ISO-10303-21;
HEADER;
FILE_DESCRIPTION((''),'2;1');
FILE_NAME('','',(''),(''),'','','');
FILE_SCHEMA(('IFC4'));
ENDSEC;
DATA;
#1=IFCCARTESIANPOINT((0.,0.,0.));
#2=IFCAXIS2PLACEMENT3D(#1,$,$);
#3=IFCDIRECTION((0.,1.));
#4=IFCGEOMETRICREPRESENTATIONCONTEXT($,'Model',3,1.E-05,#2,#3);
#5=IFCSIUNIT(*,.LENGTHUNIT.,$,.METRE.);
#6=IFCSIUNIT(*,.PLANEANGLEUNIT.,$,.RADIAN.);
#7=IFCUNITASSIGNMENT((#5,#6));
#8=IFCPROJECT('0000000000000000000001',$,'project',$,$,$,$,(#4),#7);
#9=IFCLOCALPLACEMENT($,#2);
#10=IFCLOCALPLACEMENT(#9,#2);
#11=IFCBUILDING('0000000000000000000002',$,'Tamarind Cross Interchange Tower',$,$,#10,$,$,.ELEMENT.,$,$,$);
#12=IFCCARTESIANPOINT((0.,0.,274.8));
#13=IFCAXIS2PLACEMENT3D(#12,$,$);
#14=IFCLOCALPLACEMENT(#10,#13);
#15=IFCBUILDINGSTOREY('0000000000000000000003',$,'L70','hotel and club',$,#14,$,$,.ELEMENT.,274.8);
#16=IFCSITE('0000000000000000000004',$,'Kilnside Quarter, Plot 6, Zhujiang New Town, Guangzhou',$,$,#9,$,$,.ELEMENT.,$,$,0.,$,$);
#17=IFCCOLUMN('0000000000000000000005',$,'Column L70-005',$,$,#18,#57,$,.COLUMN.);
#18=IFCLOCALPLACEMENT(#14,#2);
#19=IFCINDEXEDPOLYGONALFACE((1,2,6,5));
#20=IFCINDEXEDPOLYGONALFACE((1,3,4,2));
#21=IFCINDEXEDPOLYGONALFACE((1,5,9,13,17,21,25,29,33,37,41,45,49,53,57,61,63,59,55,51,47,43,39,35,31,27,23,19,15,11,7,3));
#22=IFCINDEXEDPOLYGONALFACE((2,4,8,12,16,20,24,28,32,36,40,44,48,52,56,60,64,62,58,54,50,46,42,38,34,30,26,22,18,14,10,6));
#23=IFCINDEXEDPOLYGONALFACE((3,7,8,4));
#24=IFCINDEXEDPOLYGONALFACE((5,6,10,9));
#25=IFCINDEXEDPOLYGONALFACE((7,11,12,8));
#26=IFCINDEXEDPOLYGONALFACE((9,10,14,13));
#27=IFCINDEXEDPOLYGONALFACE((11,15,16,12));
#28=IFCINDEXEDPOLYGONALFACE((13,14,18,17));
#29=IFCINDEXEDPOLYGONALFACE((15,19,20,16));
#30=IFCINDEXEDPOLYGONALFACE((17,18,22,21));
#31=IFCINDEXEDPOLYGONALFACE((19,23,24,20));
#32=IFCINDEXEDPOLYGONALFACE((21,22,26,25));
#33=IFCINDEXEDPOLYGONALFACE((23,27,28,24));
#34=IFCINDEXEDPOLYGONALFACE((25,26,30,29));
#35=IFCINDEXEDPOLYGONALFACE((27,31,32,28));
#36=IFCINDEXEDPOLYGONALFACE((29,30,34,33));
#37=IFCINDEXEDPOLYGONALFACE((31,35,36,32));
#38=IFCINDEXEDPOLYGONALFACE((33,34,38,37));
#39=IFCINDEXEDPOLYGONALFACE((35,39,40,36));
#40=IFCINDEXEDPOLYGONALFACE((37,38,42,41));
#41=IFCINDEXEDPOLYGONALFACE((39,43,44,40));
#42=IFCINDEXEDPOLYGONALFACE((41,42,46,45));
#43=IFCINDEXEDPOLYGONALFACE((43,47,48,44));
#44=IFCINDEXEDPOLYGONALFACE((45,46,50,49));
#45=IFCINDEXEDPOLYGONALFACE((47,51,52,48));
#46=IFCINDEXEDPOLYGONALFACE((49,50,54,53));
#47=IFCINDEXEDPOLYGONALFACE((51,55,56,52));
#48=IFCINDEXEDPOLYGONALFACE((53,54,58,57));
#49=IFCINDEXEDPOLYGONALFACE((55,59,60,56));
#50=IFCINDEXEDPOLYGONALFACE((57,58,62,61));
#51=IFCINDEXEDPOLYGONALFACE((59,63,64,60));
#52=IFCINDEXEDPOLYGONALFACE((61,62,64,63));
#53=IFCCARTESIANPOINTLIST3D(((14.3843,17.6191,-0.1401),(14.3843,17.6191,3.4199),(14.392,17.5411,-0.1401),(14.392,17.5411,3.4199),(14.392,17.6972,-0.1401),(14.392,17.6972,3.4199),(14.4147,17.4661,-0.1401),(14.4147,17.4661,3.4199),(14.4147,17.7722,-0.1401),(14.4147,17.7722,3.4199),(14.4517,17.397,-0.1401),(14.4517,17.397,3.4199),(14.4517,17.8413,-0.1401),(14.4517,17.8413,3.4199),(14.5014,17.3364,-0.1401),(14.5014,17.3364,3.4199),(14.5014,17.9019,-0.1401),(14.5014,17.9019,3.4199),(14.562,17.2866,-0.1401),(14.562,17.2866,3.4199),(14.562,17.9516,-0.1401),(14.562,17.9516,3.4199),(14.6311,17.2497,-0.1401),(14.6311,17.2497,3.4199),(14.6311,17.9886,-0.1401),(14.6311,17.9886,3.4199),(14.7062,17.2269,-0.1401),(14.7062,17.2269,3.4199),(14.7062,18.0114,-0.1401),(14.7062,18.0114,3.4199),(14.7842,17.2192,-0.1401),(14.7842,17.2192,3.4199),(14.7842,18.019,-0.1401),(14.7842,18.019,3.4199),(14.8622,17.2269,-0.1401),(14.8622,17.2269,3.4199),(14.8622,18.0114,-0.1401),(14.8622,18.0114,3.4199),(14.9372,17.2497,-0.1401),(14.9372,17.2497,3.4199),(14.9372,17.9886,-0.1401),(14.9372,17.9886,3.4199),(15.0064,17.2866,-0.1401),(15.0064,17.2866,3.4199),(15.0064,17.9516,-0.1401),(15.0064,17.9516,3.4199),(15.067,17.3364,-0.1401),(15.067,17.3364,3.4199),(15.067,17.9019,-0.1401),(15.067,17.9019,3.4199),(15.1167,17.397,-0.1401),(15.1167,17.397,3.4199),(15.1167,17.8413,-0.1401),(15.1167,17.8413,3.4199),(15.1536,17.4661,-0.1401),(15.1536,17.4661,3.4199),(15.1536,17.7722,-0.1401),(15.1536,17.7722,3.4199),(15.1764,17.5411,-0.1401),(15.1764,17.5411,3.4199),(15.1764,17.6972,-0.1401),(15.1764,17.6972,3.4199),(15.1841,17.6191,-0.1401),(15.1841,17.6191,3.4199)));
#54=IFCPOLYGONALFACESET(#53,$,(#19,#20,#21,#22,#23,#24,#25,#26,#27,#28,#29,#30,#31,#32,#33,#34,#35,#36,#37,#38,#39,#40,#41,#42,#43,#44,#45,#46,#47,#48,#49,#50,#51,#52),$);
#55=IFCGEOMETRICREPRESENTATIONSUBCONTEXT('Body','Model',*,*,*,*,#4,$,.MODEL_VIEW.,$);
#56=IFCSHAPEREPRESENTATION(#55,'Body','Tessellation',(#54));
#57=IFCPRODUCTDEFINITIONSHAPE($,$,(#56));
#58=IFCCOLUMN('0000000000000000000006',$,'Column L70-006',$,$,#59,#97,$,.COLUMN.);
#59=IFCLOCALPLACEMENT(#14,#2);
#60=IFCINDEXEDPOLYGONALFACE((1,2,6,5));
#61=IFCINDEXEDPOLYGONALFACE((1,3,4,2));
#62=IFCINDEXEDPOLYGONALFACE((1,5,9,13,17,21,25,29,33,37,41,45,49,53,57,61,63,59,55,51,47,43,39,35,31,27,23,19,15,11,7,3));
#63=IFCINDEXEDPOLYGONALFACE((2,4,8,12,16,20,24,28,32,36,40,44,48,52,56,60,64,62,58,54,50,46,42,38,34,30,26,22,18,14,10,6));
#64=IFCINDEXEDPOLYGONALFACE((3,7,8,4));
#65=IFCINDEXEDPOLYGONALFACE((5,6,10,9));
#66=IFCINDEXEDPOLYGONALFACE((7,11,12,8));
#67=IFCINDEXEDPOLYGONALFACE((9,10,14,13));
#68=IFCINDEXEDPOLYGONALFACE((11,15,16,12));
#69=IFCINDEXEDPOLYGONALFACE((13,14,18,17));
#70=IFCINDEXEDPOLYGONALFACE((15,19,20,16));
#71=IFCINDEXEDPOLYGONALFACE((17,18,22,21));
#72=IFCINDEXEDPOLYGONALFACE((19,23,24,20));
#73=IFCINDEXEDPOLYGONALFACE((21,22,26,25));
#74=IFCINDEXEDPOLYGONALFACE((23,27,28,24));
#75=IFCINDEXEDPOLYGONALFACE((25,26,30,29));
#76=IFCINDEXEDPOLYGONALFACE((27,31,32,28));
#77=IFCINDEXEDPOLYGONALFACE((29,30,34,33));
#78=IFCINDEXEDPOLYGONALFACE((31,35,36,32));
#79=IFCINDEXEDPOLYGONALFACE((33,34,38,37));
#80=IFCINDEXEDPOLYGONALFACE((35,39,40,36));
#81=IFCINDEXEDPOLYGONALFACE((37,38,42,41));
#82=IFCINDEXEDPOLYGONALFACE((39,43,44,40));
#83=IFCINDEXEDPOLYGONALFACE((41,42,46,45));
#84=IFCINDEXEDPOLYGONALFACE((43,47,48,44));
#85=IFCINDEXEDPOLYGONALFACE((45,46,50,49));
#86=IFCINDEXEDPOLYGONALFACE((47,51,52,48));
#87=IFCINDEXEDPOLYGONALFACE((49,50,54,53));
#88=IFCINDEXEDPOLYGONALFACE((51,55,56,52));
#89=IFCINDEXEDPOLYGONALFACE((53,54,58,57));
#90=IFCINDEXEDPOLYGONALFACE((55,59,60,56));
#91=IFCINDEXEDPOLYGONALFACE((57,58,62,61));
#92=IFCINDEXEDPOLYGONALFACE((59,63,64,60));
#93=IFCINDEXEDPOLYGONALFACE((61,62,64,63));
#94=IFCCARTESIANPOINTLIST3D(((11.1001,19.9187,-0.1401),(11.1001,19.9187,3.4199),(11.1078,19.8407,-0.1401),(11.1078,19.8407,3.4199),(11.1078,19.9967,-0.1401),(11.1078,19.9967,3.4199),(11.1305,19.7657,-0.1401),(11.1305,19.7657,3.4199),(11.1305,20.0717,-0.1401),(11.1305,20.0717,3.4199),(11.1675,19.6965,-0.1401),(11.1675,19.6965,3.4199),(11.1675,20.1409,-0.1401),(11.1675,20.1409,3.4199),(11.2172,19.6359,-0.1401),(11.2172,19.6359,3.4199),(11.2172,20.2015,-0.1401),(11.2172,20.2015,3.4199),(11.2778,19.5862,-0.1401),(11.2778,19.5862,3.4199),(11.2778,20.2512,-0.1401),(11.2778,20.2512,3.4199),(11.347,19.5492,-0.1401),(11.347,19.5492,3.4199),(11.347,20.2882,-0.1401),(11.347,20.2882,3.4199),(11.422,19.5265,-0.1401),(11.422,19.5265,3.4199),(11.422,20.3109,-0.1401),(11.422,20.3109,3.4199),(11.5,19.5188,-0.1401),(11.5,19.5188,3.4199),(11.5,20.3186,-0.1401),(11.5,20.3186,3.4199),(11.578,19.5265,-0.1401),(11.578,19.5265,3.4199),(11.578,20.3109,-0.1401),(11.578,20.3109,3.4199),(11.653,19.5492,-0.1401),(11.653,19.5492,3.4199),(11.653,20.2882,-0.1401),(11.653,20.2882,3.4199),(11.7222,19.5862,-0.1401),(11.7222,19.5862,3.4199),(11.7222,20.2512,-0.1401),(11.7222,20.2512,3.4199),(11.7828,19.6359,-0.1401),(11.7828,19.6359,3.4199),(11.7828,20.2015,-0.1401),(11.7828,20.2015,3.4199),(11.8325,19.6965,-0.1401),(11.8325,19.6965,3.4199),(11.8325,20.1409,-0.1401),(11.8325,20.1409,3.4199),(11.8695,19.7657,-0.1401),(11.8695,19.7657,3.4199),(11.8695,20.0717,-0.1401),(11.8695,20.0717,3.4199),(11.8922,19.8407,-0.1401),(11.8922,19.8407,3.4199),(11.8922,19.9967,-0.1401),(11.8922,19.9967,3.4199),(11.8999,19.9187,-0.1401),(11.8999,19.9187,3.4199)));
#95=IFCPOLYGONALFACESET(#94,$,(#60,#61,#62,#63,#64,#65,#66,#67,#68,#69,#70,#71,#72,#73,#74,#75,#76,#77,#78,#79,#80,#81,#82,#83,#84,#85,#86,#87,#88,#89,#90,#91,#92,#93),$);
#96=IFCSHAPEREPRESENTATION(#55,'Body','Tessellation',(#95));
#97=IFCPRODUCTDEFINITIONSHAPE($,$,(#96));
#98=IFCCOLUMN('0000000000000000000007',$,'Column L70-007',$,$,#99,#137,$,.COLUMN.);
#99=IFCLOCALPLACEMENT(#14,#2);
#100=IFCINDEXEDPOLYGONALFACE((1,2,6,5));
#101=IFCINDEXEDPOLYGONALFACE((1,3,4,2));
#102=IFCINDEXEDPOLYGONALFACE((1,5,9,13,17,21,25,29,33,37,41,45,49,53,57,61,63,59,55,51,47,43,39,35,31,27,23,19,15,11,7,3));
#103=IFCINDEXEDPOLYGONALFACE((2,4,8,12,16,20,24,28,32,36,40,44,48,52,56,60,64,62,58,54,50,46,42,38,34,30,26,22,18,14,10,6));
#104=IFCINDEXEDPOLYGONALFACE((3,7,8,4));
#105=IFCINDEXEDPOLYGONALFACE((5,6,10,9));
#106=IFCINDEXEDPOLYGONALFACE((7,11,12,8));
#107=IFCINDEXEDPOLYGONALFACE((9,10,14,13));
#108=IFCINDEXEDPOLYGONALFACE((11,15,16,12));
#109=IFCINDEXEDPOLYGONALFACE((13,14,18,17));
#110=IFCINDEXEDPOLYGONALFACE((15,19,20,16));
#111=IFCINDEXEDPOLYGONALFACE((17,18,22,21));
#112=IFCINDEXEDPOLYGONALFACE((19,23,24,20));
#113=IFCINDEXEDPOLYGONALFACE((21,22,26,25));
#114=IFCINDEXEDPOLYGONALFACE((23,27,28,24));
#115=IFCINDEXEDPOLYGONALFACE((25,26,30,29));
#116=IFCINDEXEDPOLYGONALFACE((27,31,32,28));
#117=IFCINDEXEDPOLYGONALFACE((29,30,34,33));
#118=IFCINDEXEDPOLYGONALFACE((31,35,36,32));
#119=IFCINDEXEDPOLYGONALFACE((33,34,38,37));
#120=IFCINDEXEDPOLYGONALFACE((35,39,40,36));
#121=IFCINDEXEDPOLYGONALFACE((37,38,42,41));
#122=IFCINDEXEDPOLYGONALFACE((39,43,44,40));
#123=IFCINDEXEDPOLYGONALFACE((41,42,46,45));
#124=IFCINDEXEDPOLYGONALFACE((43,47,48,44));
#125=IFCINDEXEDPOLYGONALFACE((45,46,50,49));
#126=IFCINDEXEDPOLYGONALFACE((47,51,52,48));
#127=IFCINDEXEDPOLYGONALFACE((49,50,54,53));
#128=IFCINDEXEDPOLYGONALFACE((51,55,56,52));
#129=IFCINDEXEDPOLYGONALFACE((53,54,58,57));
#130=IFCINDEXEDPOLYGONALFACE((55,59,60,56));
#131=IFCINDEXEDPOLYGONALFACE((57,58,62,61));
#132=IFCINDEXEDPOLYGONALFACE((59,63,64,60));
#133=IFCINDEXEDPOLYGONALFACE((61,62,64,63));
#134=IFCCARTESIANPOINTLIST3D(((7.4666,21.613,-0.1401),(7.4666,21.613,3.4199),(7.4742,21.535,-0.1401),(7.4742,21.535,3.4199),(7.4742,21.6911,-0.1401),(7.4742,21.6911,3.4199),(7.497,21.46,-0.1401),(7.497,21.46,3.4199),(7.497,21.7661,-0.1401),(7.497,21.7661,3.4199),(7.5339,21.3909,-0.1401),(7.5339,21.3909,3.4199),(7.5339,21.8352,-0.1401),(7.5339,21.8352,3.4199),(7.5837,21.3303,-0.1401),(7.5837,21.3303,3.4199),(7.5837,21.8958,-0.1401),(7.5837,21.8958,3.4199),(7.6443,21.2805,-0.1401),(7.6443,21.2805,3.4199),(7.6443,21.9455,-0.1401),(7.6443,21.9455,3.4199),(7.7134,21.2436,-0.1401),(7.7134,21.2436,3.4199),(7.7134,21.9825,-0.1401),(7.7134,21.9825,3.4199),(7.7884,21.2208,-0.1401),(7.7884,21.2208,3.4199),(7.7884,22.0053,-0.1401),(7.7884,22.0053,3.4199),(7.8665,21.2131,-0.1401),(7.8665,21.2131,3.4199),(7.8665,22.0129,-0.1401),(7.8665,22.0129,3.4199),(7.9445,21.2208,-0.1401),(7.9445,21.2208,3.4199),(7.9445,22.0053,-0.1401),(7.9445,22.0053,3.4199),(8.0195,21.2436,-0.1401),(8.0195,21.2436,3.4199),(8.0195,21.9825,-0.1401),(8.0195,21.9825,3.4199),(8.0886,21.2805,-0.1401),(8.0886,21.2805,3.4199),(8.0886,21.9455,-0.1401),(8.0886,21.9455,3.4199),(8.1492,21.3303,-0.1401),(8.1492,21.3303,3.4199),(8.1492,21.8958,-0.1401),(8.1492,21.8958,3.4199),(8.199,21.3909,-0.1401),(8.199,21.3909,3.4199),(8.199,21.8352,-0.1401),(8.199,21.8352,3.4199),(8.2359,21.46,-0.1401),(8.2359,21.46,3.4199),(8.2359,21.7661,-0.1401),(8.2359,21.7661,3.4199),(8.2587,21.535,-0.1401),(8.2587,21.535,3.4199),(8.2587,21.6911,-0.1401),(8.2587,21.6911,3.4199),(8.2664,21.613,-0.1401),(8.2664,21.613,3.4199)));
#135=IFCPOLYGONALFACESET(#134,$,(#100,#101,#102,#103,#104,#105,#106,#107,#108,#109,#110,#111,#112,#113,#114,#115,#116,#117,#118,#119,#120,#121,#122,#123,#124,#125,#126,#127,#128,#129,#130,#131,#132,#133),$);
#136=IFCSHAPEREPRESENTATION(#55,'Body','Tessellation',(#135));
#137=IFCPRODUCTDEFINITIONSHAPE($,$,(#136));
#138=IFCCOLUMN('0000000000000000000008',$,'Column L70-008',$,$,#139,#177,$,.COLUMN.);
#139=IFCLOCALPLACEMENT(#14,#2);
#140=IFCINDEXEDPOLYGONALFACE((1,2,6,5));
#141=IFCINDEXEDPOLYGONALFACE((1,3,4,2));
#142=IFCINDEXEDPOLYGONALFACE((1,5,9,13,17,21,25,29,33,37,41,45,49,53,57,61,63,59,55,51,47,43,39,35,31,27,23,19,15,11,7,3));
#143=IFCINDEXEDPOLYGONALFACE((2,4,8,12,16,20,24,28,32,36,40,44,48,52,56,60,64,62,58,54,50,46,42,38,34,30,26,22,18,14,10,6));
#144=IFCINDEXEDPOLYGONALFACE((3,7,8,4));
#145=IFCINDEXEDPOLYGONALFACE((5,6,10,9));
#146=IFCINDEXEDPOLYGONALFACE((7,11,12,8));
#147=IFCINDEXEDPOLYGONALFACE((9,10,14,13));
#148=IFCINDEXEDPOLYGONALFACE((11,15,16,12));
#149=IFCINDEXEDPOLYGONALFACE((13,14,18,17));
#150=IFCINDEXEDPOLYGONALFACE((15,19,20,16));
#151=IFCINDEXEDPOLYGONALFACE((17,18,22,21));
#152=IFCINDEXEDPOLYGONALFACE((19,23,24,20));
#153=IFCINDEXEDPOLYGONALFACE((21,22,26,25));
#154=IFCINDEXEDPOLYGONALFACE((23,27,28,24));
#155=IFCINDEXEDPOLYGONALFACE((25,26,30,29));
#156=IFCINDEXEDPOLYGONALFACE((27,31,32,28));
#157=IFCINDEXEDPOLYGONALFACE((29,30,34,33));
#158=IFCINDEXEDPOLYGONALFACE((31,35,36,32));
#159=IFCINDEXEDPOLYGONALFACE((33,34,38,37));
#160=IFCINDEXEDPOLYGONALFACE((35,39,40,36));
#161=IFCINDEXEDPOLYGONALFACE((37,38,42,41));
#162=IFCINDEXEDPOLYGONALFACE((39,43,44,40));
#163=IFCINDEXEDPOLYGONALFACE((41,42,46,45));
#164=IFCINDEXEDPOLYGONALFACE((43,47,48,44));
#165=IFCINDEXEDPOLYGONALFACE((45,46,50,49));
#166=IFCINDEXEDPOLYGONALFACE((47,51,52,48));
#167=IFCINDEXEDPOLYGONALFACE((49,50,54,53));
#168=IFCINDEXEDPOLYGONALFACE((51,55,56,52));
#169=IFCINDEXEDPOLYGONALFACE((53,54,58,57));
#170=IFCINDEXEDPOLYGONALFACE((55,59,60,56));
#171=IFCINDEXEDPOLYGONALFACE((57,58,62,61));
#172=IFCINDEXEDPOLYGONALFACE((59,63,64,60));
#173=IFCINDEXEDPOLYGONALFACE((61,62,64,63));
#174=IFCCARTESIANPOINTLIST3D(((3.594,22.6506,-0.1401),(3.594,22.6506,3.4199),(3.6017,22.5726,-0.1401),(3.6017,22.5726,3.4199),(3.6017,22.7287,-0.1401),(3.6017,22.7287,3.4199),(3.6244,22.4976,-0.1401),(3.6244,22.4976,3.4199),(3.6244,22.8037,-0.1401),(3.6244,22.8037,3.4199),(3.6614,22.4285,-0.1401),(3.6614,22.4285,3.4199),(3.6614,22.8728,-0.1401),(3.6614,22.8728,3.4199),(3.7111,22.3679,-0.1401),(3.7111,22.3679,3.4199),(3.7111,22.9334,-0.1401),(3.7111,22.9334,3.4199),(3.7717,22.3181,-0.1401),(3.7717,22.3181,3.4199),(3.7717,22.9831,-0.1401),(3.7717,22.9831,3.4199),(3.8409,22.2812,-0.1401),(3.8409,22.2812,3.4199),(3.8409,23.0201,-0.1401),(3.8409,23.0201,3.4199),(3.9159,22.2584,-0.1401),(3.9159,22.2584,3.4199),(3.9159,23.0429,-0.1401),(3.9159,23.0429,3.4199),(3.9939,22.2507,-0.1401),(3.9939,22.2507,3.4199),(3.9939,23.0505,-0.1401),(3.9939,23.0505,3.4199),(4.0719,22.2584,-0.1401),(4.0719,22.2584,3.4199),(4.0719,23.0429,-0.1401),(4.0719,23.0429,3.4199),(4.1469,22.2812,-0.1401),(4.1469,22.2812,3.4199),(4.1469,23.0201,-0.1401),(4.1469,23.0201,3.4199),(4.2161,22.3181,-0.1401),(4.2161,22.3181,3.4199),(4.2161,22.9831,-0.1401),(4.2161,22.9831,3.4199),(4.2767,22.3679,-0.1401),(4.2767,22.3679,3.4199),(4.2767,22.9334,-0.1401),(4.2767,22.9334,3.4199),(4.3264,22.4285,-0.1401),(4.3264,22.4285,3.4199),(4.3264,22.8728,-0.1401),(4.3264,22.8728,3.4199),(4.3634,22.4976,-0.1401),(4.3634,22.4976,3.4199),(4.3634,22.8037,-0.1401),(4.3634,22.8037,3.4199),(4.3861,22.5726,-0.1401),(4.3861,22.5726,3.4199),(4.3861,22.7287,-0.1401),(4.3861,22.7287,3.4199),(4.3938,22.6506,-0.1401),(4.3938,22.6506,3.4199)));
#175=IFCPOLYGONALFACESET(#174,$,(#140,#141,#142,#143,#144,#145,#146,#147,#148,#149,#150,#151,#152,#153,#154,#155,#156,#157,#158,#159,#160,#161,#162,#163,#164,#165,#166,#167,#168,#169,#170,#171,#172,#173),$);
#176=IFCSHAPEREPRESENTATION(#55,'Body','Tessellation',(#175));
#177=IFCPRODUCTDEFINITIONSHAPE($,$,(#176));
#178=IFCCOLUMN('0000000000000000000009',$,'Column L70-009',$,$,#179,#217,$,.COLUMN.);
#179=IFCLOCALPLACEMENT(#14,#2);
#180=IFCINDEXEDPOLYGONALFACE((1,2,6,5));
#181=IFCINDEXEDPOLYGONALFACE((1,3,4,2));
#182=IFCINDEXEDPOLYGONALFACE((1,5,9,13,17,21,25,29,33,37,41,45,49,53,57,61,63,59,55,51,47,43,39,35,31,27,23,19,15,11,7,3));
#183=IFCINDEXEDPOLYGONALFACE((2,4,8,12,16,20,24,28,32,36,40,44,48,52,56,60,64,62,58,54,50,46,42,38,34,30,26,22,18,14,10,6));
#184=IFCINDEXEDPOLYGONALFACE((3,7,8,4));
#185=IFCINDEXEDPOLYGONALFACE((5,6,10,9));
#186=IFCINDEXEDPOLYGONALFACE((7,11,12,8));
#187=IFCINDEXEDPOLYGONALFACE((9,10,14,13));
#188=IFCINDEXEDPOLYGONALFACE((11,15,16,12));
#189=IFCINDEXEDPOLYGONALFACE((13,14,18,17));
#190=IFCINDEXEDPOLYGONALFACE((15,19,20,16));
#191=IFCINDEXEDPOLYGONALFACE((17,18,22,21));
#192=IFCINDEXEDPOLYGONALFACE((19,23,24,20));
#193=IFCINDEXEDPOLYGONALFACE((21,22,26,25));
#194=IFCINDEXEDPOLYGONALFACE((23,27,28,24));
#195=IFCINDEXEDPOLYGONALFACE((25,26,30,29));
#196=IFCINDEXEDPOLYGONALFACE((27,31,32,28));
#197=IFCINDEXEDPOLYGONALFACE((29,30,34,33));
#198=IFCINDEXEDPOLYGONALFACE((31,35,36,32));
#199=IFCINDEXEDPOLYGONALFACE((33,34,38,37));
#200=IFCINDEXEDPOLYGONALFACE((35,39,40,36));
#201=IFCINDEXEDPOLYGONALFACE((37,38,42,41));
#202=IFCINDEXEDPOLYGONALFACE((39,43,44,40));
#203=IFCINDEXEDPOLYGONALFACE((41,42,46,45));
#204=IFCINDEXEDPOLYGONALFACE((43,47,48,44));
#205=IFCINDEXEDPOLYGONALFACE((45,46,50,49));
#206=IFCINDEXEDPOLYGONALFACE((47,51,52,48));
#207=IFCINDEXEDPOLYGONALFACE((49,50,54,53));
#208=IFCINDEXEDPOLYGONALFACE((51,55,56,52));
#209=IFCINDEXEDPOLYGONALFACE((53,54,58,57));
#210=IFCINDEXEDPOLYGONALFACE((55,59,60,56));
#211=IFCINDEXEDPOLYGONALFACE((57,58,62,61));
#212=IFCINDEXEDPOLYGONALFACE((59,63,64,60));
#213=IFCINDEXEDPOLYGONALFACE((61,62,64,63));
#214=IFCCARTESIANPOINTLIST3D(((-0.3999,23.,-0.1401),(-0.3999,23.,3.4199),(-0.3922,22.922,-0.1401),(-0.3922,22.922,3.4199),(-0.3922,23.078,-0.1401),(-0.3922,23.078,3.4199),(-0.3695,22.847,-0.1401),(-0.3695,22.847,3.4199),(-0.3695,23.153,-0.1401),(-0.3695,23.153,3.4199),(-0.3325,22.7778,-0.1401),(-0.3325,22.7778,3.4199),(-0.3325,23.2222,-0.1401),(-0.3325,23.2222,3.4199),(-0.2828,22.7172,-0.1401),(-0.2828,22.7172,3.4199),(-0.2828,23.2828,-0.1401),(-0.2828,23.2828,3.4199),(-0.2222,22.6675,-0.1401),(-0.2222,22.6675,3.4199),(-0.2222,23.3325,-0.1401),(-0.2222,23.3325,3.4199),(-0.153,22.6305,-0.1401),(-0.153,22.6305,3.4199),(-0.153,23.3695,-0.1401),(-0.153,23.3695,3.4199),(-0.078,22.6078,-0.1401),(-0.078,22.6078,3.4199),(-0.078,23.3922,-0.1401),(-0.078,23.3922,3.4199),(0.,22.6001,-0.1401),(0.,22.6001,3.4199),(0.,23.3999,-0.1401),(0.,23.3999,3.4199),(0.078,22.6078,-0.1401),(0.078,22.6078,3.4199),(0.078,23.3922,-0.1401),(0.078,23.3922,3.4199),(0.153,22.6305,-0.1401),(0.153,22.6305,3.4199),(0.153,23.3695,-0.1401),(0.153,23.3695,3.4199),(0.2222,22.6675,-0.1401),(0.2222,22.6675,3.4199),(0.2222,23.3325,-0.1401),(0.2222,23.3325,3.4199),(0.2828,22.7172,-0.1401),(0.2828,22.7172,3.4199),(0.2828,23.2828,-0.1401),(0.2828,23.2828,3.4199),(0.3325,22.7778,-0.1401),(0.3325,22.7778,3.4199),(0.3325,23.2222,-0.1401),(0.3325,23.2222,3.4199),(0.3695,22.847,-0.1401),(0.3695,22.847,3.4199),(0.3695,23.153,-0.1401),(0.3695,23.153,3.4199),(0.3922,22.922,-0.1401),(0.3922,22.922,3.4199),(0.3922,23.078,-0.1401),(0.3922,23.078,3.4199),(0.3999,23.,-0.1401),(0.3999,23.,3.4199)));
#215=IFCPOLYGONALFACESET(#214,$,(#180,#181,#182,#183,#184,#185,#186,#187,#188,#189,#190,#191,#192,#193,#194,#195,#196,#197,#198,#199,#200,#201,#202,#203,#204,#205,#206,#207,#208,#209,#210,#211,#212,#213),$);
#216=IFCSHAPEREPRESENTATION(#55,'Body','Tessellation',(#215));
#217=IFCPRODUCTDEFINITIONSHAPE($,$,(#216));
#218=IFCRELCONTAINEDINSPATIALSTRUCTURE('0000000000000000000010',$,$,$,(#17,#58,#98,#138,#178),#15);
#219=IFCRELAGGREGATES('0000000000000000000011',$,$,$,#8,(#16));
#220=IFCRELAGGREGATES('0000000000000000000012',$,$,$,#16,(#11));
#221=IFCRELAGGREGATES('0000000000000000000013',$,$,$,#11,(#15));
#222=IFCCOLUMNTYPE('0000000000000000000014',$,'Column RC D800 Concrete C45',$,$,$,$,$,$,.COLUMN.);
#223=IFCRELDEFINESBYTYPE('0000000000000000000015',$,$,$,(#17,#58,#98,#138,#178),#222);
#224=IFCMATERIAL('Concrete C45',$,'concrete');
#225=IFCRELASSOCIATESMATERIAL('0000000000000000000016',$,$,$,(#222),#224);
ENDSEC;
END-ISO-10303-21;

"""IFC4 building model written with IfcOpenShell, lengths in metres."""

from ifc_helpers import new_model, si_unit, direction, frame, origin, origin_2d, place, context, subcontext, project, spatial, circle, extrude, material, material_profile, profile_set, type_object, element, save


model = new_model("IFC4")

# Units and contexts
model_context = context("Model", 3, precision=1e-05, world=origin(), true_north=direction((0.0, 1.0)))
body_context = subcontext(model_context, "Body", "Model", "MODEL_VIEW")
ifc_project = project(units=[si_unit("LENGTHUNIT", "METRE"), si_unit("PLANEANGLEUNIT", "RADIAN")], contexts=[model_context])

# Site, building, storey
site_placement = place(None, origin())
site = spatial("IfcSite", under=ifc_project, at=site_placement, Name="Kilnside Quarter, Plot 6, Zhujiang New Town, Guangzhou", CompositionType="ELEMENT", RefElevation=0.0)
building_placement = place(site_placement, origin())
building = spatial("IfcBuilding", under=site, at=building_placement, Name="Tamarind Cross Interchange Tower", CompositionType="ELEMENT")
storey_placement = place(building_placement, frame((0.0, 0.0, 274.8)))
storey = spatial("IfcBuildingStorey", under=building, at=storey_placement, Name="L70", Description="hotel and club", CompositionType="ELEMENT", Elevation=274.8)

# Columns
ifc_material_1 = material(Name="Concrete C45", Category="concrete")
ifc_material_profile_1 = material_profile(ifc_material_1, circle(Radius=0.3999, at=origin_2d()), Name="RC D800")
ifc_profile_set_1 = profile_set([ifc_material_profile_1], Name="Concrete C45")
column_type = type_object("IfcColumnType", Name="Column RC D800 Concrete C45", PredefinedType="COLUMN", material=ifc_profile_set_1)
for number, where, z_axis, x_axis, name in (
    (1, (14.7842, 17.6191, -0.1401), (0.0, 0.0, 1.0), (1.0, 0.0, 0.0), "Column L70-005"),
    (2, (11.5, 19.9187, -0.1401), (0.0, 0.0, 1.0), (1.0, 0.0, 0.0), "Column L70-006"),
    (3, (7.8665, 21.613, -0.1401), (0.0, 0.0, 1.0), (1.0, 0.0, 0.0), "Column L70-007"),
    (4, (3.9939, 22.6506, -0.1401), (0.0, 0.0, 1.0), (1.0, 0.0, 0.0), "Column L70-008"),
    (5, (0.0, 23.0, -0.1401), (0.0, 0.0, 1.0), (1.0, 0.0, 0.0), "Column L70-009"),
):
    element("IfcColumn", number, at=place(storey_placement, frame(where, z_axis=z_axis, x_axis=x_axis)), inside=storey, type_object=column_type, Name=name, PredefinedType="COLUMN", context=body_context, shape_type="SweptSolid", body=[
        extrude(circle(Radius=0.3999, at=origin_2d()), origin(), (0.0, 0.0, 1.0), 3.5601),
    ])

save(model, "model.ifc")
